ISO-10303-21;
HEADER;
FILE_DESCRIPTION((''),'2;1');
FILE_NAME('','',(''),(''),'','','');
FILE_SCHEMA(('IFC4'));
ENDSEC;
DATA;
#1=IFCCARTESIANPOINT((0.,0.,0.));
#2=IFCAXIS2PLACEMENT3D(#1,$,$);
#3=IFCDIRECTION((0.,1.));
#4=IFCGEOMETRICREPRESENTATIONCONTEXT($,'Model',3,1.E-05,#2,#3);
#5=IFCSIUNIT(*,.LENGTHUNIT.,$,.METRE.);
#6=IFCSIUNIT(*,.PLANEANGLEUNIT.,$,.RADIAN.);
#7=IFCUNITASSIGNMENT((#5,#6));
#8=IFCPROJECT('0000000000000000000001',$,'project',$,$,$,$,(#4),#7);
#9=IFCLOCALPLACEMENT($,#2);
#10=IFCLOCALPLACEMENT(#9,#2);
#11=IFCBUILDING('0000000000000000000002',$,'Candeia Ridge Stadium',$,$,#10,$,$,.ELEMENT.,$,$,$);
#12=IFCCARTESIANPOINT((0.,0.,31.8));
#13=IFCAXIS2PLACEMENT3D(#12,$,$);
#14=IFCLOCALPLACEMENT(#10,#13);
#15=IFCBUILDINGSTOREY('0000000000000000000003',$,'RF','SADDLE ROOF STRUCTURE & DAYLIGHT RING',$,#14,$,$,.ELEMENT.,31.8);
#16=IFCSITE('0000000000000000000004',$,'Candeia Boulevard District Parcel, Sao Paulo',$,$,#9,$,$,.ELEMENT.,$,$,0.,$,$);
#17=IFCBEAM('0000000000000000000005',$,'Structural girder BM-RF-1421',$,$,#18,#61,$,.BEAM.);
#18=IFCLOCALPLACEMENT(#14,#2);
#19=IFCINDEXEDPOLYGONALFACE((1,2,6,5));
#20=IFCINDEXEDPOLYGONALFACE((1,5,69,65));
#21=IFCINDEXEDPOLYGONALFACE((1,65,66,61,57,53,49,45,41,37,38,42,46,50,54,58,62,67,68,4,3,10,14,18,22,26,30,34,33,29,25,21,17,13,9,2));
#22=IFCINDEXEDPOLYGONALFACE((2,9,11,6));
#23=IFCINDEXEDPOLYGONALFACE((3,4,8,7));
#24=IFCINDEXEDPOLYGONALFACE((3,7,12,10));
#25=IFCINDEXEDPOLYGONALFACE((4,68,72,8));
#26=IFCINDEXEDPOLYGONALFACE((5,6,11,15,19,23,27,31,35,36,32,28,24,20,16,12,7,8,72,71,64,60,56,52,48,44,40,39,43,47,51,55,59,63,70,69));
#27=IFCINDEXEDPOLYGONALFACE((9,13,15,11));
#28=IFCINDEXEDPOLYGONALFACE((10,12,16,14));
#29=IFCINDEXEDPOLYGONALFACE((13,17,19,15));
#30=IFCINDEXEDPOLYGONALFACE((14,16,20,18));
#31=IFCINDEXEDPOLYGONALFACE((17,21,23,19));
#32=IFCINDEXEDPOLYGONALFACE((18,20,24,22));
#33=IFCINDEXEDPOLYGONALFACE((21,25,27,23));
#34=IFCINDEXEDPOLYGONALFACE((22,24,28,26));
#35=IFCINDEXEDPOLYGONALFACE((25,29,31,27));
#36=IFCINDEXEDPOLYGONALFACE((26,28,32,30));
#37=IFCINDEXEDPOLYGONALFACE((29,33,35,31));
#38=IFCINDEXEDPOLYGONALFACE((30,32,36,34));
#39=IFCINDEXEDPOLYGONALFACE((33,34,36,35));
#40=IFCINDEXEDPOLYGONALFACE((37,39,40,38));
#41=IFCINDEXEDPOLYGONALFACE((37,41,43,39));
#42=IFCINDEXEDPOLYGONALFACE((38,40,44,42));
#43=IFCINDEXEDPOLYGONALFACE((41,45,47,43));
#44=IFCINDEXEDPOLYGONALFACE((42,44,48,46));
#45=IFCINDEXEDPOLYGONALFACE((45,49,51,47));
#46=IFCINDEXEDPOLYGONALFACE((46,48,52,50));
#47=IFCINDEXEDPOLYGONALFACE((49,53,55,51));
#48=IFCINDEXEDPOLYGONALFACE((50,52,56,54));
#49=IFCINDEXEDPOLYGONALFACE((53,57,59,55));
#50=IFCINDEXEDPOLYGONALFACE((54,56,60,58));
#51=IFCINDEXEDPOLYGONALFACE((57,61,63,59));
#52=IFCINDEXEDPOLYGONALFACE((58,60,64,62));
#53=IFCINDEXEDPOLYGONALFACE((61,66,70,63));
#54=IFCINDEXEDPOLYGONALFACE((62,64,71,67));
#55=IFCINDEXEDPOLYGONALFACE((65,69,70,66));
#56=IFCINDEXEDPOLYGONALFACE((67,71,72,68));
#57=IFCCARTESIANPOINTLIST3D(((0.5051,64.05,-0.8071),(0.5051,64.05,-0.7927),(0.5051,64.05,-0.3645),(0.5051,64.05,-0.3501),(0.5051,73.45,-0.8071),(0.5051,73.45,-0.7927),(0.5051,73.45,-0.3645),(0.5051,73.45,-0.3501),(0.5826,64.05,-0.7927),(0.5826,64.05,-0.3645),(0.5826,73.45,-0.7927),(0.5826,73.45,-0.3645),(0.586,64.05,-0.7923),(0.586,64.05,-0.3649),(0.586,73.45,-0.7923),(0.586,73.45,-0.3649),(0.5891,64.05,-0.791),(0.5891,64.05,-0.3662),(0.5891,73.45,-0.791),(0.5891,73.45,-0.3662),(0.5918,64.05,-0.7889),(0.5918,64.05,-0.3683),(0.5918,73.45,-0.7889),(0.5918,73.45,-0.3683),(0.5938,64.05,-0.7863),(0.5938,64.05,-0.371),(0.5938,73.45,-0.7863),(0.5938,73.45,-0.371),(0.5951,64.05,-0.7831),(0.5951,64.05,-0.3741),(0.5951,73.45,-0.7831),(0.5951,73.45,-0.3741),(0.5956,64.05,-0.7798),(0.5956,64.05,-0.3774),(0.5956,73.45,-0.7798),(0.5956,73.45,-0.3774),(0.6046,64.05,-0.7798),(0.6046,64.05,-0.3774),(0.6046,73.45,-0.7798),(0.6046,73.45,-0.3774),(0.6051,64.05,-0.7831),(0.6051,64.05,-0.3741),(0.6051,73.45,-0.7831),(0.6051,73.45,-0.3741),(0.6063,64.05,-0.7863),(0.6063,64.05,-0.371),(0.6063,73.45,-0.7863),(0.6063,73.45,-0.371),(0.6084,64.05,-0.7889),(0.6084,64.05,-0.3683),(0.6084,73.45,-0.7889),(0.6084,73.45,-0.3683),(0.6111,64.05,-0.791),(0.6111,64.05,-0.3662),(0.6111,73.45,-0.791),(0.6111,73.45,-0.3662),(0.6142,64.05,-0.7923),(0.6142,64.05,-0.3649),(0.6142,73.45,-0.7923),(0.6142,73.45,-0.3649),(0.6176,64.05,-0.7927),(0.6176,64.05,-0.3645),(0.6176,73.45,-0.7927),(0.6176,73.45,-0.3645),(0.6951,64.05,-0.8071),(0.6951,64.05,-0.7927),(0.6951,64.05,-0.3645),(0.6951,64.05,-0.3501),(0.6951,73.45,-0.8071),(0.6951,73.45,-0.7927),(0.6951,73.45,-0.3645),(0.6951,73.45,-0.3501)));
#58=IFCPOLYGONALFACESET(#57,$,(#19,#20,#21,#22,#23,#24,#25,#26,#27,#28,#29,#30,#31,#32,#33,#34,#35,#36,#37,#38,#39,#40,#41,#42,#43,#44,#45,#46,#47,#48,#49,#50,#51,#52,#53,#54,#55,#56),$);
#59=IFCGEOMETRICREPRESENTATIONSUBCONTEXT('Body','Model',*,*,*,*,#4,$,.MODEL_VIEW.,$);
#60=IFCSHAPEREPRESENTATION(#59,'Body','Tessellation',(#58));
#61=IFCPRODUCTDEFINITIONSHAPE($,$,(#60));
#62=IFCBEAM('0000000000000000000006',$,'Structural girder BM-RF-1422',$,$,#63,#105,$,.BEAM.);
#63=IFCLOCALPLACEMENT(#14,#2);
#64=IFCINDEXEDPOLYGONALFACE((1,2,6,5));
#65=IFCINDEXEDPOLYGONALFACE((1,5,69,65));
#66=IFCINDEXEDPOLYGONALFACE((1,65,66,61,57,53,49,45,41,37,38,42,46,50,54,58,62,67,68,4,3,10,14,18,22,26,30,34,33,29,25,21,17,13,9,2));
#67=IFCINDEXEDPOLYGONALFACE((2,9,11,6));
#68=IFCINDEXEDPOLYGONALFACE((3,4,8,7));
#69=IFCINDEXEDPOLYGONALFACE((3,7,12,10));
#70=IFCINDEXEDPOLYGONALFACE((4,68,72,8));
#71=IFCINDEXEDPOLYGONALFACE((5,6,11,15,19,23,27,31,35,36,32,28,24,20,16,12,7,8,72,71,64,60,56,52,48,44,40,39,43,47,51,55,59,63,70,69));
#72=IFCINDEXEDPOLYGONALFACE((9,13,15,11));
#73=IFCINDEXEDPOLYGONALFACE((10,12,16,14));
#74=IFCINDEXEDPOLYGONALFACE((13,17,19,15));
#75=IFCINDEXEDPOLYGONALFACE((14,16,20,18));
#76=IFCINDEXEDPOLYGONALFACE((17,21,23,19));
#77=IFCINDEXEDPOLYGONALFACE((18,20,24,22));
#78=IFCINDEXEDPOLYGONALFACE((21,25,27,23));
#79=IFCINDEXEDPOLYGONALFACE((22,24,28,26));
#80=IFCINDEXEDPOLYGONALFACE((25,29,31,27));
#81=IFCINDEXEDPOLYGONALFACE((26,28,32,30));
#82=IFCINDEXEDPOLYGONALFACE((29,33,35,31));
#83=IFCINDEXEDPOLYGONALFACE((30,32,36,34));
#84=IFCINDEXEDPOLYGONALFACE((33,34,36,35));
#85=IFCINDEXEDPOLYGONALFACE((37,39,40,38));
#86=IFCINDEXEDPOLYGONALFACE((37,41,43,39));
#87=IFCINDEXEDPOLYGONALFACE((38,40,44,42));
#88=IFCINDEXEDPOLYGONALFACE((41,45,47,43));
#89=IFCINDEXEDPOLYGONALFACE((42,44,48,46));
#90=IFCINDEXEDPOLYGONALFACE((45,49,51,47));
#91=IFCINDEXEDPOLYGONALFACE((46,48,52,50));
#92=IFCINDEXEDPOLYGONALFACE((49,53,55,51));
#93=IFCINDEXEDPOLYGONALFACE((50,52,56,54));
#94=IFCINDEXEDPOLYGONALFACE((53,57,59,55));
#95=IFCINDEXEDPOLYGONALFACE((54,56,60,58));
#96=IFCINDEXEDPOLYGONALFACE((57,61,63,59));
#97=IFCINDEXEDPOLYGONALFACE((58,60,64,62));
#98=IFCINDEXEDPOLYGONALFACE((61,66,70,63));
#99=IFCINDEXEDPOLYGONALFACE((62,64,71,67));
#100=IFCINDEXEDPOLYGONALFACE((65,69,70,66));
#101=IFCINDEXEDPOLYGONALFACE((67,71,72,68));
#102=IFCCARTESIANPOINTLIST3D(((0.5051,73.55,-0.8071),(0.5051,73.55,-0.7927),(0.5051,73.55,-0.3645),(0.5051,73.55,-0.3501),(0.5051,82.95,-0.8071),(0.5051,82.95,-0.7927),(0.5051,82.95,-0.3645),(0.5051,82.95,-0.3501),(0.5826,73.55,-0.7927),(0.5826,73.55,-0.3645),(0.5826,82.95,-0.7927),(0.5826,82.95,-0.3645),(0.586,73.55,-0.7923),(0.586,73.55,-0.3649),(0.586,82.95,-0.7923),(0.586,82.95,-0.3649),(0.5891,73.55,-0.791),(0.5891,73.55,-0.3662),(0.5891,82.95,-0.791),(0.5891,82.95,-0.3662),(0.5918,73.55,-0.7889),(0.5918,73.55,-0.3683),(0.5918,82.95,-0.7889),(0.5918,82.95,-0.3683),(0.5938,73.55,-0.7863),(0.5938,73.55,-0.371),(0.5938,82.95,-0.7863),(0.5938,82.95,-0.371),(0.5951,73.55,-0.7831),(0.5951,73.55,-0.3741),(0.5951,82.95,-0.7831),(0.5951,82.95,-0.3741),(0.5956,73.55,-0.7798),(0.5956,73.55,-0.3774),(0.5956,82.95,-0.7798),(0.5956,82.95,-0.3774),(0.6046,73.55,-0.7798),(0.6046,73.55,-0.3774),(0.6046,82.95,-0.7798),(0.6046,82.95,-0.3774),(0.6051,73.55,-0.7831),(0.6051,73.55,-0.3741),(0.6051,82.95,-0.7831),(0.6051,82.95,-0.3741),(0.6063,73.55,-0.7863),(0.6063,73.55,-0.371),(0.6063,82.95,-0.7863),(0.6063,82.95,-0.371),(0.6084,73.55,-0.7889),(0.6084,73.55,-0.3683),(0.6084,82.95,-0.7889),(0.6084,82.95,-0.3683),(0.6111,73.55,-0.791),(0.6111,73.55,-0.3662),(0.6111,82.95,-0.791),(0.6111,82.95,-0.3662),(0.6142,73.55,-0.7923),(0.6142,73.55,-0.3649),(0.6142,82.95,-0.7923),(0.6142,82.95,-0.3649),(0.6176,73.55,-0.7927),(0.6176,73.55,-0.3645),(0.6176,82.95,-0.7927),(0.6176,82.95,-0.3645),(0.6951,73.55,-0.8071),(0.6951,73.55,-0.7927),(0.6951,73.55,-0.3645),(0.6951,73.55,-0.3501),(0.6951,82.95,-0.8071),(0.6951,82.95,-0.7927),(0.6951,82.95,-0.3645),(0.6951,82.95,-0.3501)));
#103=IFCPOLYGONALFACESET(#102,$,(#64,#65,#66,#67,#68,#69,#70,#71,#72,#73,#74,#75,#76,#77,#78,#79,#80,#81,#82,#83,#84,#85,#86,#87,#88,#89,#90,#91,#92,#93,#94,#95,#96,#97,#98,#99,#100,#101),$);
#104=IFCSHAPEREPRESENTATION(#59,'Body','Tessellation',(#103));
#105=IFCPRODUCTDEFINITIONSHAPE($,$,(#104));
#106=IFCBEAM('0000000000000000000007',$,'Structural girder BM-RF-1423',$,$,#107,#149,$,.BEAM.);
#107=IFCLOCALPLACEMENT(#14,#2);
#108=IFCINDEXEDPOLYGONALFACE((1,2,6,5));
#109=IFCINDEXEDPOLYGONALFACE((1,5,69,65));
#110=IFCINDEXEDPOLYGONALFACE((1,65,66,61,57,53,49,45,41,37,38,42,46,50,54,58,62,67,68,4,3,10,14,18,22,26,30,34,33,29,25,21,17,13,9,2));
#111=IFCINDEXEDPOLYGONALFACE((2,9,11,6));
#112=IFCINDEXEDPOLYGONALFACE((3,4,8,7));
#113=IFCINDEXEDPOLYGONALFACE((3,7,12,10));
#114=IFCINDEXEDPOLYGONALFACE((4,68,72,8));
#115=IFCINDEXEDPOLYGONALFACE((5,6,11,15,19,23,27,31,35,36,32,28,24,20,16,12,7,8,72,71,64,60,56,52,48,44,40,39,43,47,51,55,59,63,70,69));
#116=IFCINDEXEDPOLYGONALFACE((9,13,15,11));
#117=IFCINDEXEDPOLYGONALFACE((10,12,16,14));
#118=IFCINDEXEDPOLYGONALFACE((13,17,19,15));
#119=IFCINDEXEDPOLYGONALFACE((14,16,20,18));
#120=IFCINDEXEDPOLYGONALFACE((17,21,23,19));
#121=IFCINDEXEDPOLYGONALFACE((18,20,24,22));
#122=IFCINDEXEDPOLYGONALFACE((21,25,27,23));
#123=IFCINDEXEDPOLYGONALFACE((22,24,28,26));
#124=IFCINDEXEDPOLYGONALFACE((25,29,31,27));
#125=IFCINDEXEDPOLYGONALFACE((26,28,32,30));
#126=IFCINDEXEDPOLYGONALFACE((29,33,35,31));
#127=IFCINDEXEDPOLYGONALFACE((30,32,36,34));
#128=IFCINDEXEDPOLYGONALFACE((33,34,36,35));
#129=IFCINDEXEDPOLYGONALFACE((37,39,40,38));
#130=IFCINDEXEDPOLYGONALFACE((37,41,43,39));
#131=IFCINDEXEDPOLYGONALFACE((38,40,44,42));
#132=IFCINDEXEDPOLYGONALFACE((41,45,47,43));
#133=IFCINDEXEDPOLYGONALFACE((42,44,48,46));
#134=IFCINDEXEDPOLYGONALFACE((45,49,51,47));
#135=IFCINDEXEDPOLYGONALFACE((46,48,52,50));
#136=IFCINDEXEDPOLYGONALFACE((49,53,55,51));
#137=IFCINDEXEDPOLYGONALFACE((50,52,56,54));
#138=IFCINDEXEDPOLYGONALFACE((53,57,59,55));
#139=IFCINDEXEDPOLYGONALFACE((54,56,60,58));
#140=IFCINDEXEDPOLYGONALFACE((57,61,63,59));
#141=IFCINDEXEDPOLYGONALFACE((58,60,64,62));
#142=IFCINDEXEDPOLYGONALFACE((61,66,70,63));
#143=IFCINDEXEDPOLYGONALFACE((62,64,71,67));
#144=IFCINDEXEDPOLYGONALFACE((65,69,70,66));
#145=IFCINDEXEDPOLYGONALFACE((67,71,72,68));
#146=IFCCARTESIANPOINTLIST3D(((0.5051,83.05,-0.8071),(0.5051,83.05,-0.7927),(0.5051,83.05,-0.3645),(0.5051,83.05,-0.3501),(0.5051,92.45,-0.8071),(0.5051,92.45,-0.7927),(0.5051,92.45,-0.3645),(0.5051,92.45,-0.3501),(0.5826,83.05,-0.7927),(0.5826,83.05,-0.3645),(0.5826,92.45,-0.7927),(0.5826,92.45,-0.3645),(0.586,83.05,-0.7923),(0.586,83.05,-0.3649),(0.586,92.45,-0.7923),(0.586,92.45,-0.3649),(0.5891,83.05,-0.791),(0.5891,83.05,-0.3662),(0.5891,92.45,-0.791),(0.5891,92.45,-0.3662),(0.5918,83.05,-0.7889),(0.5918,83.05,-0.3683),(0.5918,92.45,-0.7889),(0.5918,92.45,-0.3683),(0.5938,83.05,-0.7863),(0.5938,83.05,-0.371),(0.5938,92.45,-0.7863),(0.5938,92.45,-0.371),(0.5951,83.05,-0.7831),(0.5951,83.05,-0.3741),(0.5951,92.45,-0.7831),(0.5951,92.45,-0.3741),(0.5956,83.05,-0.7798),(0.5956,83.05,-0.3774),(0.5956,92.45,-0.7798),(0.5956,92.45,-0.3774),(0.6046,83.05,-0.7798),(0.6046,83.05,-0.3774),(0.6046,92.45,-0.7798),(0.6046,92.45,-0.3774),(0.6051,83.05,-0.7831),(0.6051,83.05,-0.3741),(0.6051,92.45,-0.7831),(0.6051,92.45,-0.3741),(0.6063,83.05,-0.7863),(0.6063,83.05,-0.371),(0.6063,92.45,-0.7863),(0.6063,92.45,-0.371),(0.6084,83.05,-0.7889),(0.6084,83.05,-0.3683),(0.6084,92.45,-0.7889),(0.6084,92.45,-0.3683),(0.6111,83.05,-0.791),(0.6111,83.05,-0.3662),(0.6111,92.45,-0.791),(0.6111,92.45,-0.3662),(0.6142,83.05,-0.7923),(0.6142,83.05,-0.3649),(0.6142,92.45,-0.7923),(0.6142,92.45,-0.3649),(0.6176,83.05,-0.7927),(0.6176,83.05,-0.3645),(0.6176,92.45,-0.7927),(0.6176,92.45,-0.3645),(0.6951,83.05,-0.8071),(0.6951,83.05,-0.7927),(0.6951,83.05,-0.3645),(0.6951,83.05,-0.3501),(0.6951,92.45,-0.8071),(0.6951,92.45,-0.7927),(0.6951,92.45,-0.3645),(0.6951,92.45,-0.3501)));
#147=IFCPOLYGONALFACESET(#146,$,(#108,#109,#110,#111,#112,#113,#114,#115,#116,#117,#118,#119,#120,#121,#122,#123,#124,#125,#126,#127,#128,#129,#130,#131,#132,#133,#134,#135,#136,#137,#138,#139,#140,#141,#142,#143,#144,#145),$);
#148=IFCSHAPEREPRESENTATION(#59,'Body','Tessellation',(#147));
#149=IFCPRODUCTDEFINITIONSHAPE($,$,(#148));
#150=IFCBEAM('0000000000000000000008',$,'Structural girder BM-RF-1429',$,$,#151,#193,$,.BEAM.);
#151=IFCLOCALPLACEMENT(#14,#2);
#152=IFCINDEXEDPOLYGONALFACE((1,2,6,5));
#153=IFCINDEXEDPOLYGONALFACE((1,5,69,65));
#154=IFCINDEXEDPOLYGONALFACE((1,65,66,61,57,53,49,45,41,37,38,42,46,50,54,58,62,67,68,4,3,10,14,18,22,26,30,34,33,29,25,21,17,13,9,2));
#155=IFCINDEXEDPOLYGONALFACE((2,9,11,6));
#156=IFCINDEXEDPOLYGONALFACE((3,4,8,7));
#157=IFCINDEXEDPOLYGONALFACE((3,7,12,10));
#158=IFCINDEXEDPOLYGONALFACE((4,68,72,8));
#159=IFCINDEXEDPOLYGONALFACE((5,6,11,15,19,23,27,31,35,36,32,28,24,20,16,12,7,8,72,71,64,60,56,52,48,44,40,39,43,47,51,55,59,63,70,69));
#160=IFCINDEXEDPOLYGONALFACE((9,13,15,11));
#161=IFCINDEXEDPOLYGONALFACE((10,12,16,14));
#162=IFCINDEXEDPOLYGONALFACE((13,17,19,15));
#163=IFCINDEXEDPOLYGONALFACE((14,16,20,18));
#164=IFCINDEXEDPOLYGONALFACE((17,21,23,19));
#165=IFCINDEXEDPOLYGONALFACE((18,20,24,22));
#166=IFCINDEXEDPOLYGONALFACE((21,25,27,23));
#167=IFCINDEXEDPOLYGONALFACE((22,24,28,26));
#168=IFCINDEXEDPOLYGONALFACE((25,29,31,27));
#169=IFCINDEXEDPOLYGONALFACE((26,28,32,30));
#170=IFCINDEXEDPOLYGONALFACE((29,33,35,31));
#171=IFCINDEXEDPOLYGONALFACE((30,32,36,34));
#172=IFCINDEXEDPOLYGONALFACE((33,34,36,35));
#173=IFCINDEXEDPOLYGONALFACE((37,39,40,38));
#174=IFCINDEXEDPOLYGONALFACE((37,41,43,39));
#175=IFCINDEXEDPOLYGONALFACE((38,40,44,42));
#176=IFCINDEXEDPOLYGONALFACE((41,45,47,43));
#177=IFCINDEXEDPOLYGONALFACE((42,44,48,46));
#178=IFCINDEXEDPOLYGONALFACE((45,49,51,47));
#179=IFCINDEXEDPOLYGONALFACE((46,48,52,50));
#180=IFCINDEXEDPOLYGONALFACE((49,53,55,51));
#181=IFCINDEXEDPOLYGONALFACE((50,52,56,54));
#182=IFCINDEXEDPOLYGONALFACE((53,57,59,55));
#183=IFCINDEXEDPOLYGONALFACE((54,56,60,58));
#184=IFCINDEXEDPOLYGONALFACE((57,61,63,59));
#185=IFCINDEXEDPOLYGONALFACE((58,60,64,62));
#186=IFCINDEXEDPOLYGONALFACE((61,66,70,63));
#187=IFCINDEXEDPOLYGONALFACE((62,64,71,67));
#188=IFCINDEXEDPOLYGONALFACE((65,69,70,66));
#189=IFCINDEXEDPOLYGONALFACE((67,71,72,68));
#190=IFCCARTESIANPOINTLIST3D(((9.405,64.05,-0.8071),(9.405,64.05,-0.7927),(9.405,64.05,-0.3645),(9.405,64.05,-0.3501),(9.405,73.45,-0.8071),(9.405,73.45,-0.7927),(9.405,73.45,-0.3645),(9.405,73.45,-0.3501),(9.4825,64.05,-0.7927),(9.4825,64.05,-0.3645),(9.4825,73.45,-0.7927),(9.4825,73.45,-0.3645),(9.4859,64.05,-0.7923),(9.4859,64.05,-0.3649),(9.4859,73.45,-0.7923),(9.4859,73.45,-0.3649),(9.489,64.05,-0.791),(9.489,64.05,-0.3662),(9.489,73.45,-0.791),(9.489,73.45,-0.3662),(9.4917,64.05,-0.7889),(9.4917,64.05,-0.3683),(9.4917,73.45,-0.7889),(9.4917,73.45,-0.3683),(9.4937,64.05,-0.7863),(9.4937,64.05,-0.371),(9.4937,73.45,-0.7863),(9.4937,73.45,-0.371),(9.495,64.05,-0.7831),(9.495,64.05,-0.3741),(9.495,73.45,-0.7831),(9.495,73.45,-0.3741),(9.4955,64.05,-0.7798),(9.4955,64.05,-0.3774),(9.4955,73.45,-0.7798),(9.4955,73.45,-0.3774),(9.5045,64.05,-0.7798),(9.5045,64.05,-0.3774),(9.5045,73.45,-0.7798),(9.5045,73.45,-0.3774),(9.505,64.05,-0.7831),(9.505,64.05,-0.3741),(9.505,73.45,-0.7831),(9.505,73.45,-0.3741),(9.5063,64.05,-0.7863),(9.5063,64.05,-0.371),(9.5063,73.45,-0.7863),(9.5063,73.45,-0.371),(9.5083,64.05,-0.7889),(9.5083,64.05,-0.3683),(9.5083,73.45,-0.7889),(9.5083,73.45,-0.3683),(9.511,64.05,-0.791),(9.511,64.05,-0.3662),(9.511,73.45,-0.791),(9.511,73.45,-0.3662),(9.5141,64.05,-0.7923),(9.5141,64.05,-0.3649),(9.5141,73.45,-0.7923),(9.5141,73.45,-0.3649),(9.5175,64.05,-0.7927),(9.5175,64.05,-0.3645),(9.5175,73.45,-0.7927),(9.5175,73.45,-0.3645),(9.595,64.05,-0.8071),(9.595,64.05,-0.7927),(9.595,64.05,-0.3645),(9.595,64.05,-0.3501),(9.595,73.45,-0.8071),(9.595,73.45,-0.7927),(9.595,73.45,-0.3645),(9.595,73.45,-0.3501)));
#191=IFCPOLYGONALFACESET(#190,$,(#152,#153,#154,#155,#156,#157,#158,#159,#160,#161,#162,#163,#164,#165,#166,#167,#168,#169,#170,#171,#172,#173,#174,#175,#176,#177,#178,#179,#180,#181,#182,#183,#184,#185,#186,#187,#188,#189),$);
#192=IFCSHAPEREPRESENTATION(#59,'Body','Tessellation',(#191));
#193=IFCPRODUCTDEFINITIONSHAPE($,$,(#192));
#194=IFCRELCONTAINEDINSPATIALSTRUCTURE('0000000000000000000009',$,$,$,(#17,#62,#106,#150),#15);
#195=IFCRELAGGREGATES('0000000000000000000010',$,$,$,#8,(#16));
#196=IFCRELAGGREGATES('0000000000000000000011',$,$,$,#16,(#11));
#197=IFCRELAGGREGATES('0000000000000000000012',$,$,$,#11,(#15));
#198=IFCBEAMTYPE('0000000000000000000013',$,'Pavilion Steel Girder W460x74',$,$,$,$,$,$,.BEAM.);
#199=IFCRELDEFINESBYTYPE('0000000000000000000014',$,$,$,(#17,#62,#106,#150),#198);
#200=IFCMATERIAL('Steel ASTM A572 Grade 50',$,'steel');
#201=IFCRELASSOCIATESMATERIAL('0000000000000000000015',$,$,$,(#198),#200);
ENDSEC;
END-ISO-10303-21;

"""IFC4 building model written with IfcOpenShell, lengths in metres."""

from ifc_helpers import new_model, si_unit, direction, frame, origin, origin_2d, place, context, subcontext, project, spatial, i_section, extrude, material, material_profile, profile_set, type_object, element, save


model = new_model("IFC4")

# Units and contexts
model_context = context("Model", 3, precision=1e-05, world=origin(), true_north=direction((0.0, 1.0)))
body_context = subcontext(model_context, "Body", "Model", "MODEL_VIEW")
ifc_project = project(units=[si_unit("LENGTHUNIT", "METRE"), si_unit("PLANEANGLEUNIT", "RADIAN")], contexts=[model_context])

# Site, building, storey
site_placement = place(None, origin())
site = spatial("IfcSite", under=ifc_project, at=site_placement, Name="Candeia Boulevard District Parcel, Sao Paulo", CompositionType="ELEMENT", RefElevation=0.0)
building_placement = place(site_placement, origin())
building = spatial("IfcBuilding", under=site, at=building_placement, Name="Candeia Ridge Stadium", CompositionType="ELEMENT")
storey_placement = place(building_placement, frame((0.0, 0.0, 31.8)))
storey = spatial("IfcBuildingStorey", under=building, at=storey_placement, Name="RF", Description="SADDLE ROOF STRUCTURE & DAYLIGHT RING", CompositionType="ELEMENT", Elevation=31.8)

# Beams
ifc_material_1 = material(Name="Steel ASTM A572 Grade 50", Category="steel")
ifc_material_profile_1 = material_profile(ifc_material_1, i_section(OverallWidth=0.1899, OverallDepth=0.457, WebThickness=0.009, FlangeThickness=0.0144, FilletRadius=0.0129, at=origin_2d()), Name="W460x74", Category="steel")
ifc_profile_set_1 = profile_set([ifc_material_profile_1], Name="Steel ASTM A572 Grade 50")
beam_type_1 = type_object("IfcBeamType", Name="Pavilion Steel Girder W460x74", PredefinedType="BEAM", material=ifc_profile_set_1)
for number, where, z_axis, x_axis, name in (
    (1, (0.6001, 64.05, -0.5786), (0.0, 1.0, 0.0), (-1.0, 0.0, 0.0), "Structural girder BM-RF-1421"),
    (2, (0.6001, 73.55, -0.5786), (0.0, 1.0, 0.0), (-1.0, 0.0, 0.0), "Structural girder BM-RF-1422"),
    (3, (0.6001, 83.05, -0.5786), (0.0, 1.0, 0.0), (-1.0, 0.0, 0.0), "Structural girder BM-RF-1423"),
    (4, (9.5, 64.05, -0.5786), (0.0, 1.0, 0.0), (-1.0, 0.0, 0.0), "Structural girder BM-RF-1429"),
):
    element("IfcBeam", number, at=place(storey_placement, frame(where, z_axis=z_axis, x_axis=x_axis)), inside=storey, type_object=beam_type_1, Name=name, PredefinedType="BEAM", context=body_context, shape_type="SweptSolid", body=[
        extrude(i_section(OverallWidth=0.1899, OverallDepth=0.457, WebThickness=0.009, FlangeThickness=0.0144, FilletRadius=0.0129, at=origin_2d()), origin(), (0.0, 0.0, 1.0), 9.3999),
    ])

save(model, "model.ifc")
